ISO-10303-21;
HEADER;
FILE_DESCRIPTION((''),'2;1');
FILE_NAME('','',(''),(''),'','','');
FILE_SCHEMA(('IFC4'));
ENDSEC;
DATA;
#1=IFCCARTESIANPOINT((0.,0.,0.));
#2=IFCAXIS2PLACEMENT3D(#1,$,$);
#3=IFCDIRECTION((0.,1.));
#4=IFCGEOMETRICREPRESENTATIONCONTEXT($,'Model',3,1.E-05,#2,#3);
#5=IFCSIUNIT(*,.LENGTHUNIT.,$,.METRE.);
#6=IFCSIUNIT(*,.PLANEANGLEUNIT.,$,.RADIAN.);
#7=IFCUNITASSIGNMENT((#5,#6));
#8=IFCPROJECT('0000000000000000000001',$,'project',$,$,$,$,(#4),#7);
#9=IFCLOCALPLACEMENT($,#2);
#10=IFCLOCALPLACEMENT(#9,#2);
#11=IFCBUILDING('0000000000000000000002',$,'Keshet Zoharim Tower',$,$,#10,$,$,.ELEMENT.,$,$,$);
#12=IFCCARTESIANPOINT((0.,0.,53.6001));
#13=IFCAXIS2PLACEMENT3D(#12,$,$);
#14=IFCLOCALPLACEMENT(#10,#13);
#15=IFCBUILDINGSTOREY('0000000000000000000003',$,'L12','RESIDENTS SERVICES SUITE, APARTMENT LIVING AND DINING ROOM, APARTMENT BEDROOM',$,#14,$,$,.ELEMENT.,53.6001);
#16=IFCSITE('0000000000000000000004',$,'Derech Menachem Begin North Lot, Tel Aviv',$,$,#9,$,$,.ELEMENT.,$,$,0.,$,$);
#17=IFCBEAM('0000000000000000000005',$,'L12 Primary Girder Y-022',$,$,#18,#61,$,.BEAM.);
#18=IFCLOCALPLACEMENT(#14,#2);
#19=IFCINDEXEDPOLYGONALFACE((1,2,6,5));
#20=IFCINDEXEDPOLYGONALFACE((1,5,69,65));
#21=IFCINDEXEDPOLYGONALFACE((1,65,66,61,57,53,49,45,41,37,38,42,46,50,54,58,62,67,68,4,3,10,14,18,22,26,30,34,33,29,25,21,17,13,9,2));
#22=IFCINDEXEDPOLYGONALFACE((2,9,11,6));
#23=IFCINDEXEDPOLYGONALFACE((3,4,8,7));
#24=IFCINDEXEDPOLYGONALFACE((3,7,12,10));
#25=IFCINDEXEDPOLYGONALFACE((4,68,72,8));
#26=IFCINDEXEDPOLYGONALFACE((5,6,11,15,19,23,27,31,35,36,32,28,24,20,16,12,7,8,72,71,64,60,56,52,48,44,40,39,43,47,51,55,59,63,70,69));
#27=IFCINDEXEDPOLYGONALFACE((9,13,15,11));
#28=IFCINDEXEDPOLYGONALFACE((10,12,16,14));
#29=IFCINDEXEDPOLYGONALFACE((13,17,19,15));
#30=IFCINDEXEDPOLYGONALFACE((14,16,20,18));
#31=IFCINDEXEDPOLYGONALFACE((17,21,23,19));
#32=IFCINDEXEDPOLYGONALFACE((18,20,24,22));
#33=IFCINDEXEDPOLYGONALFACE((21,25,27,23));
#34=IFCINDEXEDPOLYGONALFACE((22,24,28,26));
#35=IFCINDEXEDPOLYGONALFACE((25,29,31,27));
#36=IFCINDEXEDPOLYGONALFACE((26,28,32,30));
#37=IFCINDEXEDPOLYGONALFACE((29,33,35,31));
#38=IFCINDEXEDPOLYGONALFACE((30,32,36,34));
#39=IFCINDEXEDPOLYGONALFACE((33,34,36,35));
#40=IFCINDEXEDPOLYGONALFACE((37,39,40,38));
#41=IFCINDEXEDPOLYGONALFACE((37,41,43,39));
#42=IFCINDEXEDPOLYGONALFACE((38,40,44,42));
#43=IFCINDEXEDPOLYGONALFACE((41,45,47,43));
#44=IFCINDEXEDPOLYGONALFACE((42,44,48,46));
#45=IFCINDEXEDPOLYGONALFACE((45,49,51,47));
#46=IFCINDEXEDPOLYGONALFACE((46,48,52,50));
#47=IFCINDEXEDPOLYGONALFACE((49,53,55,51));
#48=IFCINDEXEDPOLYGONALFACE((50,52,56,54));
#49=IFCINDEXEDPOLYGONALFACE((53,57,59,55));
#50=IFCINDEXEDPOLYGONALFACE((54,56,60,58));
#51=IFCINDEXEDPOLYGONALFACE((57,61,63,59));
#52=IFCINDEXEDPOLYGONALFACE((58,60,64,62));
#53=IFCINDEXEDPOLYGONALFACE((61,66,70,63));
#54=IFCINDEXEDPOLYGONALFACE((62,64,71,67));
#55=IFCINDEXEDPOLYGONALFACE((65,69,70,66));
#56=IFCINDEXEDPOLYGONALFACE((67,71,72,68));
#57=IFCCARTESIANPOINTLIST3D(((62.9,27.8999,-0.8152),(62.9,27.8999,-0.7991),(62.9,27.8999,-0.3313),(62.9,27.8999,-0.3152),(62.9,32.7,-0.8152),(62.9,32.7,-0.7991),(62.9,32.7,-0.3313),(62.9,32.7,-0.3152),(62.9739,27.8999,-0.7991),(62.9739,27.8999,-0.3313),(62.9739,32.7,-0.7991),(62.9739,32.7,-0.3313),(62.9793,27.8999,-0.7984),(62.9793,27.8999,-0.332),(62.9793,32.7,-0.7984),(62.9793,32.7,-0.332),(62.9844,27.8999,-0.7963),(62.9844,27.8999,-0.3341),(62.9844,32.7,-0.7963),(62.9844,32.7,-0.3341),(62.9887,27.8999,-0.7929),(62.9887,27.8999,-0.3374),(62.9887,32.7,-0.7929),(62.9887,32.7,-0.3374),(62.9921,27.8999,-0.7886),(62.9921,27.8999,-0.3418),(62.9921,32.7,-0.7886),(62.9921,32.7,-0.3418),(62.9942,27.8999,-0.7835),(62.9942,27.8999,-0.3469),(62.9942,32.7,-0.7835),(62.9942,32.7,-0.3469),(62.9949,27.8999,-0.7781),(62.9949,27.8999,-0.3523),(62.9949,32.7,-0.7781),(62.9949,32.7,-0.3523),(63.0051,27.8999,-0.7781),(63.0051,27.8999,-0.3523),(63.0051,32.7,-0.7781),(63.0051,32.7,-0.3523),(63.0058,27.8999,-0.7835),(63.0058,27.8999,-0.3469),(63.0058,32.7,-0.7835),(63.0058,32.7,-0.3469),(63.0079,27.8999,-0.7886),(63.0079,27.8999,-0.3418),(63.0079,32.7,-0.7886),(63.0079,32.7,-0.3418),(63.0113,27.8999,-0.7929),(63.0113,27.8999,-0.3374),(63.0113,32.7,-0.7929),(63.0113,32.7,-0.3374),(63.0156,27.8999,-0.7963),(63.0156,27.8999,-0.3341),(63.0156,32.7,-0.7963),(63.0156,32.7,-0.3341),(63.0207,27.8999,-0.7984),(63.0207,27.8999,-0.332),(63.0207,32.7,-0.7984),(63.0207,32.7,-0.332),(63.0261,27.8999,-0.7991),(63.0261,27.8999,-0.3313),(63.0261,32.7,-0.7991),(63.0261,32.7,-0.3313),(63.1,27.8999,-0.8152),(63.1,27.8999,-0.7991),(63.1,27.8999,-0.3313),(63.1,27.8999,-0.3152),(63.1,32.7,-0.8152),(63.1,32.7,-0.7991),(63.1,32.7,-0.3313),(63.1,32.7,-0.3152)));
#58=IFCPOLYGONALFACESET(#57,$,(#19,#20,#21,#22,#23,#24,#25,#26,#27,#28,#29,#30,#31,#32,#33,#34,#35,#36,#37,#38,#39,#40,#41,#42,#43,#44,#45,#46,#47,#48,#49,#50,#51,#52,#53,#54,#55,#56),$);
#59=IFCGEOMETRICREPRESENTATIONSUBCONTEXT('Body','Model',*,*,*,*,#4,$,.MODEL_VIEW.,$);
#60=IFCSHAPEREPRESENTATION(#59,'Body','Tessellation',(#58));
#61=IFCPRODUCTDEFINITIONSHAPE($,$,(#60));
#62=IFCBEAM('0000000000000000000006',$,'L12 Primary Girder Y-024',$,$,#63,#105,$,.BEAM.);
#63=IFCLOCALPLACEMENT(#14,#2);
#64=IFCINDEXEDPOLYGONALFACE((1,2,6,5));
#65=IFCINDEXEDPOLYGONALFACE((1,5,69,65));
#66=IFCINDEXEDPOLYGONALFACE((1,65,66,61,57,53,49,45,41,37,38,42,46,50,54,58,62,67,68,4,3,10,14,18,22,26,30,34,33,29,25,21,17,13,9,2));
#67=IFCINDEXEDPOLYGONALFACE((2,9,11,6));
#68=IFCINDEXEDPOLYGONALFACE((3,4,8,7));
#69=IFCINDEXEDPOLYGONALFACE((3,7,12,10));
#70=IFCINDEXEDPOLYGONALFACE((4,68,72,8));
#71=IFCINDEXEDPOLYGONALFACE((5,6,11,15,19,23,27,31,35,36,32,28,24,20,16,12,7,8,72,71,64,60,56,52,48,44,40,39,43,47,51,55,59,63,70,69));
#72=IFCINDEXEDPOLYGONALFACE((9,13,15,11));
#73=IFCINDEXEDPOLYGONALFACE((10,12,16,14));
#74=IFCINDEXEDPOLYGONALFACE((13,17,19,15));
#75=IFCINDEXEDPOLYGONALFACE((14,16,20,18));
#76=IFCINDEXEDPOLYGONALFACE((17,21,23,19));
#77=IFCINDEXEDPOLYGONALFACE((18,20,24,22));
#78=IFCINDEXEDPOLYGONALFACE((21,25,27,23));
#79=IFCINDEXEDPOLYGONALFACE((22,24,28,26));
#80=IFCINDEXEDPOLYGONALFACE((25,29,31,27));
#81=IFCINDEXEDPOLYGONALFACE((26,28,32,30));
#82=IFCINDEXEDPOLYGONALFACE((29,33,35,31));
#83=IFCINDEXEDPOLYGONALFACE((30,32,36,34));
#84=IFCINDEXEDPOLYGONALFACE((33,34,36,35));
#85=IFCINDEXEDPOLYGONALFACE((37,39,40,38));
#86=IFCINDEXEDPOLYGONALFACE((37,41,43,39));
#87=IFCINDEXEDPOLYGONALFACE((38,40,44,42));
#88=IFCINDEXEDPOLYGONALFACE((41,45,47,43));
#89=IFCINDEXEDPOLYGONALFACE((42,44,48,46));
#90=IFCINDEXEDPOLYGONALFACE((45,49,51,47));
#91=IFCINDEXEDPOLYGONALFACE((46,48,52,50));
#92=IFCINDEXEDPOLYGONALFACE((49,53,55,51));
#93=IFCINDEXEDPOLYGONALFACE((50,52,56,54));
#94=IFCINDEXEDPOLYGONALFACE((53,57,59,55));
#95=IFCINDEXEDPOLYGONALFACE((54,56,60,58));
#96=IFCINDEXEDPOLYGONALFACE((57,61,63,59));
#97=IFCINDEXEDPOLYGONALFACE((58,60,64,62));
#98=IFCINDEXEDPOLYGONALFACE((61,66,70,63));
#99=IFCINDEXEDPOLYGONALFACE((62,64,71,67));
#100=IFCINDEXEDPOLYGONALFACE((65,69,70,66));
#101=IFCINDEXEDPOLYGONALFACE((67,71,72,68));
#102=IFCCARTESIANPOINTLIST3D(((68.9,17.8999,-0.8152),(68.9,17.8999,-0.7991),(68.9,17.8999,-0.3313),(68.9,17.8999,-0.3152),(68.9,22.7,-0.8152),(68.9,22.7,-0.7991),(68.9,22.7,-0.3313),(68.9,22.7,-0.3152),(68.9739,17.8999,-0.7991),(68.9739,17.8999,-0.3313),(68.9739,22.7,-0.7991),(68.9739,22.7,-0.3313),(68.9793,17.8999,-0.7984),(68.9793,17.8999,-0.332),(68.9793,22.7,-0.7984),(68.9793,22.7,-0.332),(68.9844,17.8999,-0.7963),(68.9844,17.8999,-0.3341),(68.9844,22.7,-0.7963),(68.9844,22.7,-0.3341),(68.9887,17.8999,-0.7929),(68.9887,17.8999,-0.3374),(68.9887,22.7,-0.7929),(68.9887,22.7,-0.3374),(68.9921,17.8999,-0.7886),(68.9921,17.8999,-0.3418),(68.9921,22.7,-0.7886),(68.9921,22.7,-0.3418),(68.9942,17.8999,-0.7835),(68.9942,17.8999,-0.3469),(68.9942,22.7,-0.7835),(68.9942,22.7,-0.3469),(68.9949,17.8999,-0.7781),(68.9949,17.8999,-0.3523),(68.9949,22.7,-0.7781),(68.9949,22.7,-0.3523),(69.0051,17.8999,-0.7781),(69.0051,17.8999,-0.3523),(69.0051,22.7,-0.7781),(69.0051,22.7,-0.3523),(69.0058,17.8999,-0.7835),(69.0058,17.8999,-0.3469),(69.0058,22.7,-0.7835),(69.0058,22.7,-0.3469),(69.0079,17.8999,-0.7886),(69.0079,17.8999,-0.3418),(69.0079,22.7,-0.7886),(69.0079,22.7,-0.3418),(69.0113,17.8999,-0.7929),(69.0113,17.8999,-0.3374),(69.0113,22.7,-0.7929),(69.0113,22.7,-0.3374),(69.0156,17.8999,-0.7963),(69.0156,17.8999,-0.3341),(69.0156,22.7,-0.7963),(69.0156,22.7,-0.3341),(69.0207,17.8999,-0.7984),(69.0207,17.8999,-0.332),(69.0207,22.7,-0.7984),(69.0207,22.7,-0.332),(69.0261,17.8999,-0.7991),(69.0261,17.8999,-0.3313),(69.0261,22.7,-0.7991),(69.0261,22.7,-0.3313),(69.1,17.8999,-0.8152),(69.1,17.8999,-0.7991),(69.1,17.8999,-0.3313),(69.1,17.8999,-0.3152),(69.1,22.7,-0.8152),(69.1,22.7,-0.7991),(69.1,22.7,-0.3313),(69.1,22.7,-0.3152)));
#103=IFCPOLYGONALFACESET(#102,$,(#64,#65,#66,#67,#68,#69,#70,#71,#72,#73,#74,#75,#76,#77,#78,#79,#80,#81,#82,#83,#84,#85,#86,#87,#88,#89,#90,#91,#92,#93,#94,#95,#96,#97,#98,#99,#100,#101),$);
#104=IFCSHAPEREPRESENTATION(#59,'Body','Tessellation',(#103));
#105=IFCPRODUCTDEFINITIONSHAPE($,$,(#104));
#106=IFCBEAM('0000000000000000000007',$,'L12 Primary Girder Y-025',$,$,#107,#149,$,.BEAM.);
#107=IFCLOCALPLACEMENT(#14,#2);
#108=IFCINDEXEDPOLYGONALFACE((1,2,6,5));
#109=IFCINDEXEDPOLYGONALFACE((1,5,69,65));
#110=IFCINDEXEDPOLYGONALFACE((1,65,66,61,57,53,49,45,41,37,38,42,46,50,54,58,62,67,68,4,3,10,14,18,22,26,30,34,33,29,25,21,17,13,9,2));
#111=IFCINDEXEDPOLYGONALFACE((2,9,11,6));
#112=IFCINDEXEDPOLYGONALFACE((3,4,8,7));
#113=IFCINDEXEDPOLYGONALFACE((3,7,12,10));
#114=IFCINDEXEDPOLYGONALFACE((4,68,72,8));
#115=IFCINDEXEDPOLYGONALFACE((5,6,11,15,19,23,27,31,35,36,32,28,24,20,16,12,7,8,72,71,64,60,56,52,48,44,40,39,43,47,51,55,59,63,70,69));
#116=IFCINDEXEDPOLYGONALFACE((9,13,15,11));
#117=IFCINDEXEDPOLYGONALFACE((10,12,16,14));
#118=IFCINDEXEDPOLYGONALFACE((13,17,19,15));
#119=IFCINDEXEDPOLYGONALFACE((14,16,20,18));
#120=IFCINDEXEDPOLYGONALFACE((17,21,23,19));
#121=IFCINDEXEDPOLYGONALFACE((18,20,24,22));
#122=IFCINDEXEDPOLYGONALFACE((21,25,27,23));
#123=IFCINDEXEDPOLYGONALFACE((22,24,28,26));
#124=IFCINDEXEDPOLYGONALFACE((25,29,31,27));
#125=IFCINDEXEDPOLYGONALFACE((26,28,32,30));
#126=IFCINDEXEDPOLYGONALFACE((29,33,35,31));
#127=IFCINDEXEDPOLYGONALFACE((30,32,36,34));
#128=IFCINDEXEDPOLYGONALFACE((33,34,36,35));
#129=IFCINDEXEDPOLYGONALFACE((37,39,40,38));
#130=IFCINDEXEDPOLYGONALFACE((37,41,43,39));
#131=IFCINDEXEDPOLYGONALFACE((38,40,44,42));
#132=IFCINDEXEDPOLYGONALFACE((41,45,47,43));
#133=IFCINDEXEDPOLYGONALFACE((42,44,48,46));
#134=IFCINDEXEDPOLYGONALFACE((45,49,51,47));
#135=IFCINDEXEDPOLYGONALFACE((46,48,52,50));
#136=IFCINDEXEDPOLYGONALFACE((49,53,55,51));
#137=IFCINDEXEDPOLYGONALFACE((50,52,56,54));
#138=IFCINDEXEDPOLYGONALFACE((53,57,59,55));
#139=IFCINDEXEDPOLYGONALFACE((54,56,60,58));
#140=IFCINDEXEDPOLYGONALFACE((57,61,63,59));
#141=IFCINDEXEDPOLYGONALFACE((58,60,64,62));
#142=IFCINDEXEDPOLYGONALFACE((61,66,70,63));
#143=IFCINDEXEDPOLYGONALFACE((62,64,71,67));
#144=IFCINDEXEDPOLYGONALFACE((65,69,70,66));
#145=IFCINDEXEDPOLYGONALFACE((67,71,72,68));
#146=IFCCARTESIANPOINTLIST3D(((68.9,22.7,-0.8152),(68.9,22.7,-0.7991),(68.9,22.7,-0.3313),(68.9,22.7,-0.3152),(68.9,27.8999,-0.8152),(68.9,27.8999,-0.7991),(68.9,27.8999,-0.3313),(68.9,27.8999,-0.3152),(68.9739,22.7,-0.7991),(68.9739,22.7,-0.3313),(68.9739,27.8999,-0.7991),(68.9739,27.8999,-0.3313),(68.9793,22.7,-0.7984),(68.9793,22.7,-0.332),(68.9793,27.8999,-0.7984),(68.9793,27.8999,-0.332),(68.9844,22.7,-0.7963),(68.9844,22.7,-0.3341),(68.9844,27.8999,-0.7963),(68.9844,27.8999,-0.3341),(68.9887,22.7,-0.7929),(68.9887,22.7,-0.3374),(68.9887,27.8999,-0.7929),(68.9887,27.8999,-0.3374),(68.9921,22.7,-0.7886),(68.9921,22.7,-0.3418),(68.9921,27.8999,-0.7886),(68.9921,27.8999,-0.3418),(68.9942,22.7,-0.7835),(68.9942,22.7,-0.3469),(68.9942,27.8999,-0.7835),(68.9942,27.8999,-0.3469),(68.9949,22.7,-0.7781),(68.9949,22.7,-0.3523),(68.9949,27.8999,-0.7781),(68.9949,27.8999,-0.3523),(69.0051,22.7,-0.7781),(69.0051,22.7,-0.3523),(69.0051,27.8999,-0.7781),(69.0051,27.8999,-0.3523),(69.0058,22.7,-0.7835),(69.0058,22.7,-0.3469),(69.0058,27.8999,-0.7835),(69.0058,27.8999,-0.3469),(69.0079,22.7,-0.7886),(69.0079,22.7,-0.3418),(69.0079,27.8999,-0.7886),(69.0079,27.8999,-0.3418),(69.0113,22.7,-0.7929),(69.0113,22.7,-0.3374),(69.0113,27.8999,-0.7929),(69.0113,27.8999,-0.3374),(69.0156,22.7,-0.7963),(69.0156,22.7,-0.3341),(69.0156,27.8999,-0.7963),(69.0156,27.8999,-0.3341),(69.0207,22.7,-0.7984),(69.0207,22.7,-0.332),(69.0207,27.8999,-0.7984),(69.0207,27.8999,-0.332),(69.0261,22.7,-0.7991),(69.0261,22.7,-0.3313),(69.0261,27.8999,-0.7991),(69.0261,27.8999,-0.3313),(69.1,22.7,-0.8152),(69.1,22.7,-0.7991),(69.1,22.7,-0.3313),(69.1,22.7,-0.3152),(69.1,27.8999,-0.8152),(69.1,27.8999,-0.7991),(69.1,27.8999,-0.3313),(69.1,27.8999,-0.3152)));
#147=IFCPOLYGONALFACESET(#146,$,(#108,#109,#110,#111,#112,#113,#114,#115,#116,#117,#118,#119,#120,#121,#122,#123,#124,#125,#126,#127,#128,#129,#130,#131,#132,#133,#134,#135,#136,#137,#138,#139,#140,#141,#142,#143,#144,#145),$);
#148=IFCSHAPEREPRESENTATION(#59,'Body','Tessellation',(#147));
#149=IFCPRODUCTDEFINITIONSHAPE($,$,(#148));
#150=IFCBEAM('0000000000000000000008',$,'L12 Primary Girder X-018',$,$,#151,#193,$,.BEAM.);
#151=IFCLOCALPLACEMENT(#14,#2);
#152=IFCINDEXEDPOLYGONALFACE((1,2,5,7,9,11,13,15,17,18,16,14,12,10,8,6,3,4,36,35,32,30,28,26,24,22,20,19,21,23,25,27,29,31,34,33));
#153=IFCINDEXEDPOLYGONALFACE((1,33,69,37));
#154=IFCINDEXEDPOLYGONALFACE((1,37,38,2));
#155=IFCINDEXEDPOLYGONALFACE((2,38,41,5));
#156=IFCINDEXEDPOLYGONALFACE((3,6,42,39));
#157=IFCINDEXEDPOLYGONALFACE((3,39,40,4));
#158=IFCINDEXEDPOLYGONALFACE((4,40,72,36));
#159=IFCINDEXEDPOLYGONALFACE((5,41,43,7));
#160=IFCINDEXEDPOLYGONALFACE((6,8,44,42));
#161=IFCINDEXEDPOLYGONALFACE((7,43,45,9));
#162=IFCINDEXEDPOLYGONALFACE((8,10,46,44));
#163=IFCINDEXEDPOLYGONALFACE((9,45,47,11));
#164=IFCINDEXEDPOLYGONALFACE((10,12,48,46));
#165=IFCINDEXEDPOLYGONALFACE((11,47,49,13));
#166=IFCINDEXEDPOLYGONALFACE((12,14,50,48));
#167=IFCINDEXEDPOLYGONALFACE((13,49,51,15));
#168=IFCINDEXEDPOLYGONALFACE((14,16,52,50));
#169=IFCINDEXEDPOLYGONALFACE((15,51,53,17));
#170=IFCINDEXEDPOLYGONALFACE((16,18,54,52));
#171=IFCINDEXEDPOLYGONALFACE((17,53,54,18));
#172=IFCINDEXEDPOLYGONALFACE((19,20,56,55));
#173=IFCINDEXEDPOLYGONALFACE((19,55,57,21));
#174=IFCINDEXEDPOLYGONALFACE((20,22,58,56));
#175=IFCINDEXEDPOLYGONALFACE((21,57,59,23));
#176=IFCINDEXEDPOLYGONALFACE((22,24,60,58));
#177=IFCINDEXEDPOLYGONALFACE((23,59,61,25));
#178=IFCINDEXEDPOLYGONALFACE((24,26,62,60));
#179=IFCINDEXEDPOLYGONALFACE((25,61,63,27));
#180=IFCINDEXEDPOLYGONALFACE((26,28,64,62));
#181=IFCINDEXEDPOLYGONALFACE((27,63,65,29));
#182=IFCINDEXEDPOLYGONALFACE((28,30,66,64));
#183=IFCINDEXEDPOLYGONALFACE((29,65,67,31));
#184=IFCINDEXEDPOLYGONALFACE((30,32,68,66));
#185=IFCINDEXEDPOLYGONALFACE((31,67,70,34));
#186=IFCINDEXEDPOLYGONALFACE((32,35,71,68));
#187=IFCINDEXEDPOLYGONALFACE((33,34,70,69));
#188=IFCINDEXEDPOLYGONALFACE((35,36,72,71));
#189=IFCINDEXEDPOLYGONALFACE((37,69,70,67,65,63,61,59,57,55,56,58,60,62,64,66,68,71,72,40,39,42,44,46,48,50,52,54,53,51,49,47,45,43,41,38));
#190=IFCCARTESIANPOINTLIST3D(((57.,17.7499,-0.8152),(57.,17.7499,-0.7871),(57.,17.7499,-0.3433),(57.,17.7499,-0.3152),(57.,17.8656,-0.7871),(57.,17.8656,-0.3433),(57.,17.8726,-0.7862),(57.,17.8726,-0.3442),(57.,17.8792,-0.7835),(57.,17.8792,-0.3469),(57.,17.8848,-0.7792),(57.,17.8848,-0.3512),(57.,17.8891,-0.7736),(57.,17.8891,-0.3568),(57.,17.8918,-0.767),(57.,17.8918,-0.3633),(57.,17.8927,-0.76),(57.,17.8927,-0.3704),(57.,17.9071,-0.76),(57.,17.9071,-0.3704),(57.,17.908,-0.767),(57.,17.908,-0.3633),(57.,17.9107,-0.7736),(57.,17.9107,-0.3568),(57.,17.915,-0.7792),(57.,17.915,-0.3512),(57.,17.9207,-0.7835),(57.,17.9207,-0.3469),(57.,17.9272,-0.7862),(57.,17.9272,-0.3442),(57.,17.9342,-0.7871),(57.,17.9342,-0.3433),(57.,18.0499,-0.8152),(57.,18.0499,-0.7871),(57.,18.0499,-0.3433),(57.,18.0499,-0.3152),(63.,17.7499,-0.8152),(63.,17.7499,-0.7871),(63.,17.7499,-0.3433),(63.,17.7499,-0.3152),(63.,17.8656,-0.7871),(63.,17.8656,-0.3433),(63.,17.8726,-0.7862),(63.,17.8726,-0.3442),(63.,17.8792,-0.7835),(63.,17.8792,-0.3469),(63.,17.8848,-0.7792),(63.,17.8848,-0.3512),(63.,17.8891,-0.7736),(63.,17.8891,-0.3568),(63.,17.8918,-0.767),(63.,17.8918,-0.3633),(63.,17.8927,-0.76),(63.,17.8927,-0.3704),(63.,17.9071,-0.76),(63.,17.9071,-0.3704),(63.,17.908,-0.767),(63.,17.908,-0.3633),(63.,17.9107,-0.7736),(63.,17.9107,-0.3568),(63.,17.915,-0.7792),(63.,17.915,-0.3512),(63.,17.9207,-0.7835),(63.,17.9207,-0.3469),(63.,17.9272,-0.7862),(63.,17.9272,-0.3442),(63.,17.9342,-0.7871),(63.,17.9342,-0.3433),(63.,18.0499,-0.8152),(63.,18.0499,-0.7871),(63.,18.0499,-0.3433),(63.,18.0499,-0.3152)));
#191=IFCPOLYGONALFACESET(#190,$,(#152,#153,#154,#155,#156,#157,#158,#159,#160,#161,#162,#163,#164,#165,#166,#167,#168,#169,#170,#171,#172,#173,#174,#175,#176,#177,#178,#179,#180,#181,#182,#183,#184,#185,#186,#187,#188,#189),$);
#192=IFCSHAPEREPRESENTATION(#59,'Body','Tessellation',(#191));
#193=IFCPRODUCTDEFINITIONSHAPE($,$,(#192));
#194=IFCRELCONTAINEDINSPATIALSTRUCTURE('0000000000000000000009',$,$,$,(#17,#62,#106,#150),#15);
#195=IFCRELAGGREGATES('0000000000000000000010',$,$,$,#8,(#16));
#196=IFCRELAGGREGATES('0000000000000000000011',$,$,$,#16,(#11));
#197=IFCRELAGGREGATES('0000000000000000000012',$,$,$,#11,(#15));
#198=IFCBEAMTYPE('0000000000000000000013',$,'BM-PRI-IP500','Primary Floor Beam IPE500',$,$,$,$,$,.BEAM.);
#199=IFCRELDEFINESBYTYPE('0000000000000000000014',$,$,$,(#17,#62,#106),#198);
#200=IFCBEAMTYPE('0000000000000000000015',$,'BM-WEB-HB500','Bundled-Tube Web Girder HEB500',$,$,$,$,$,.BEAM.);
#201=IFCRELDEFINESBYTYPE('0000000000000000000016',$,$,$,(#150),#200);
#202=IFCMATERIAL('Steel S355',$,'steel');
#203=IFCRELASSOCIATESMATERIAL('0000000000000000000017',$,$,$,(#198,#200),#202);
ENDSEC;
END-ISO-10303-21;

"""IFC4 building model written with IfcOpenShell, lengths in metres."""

from ifc_helpers import new_model, si_unit, direction, frame, origin, origin_2d, place, context, subcontext, project, spatial, i_section, extrude, material, material_profile, profile_set, type_object, element, save


model = new_model("IFC4")

# Units and contexts
model_context = context("Model", 3, precision=1e-05, world=origin(), true_north=direction((0.0, 1.0)))
body_context = subcontext(model_context, "Body", "Model", "MODEL_VIEW")
ifc_project = project(units=[si_unit("LENGTHUNIT", "METRE"), si_unit("PLANEANGLEUNIT", "RADIAN")], contexts=[model_context])

# Site, building, storey
site_placement = place(None, origin())
site = spatial("IfcSite", under=ifc_project, at=site_placement, Name="Derech Menachem Begin North Lot, Tel Aviv", CompositionType="ELEMENT", RefElevation=0.0)
building_placement = place(site_placement, origin())
building = spatial("IfcBuilding", under=site, at=building_placement, Name="Keshet Zoharim Tower", CompositionType="ELEMENT")
storey_placement = place(building_placement, frame((0.0, 0.0, 53.6001)))
storey = spatial("IfcBuildingStorey", under=building, at=storey_placement, Name="L12", Description="RESIDENTS SERVICES SUITE, APARTMENT LIVING AND DINING ROOM, APARTMENT BEDROOM", CompositionType="ELEMENT", Elevation=53.6001)

# Shared definitions
ifc_material_1 = material(Name="Steel S355", Category="steel")

# Beams
ifc_material_profile_1 = material_profile(ifc_material_1, i_section(OverallWidth=0.2, OverallDepth=0.5, WebThickness=0.0103, FlangeThickness=0.0161, FilletRadius=0.021, at=origin_2d()), Name="IPE500")
ifc_profile_set_1 = profile_set([ifc_material_profile_1], Name="Steel S355")
beam_type_1 = type_object("IfcBeamType", Name="BM-PRI-IP500", Description="Primary Floor Beam IPE500", PredefinedType="BEAM", material=ifc_profile_set_1)
for number, where, z_axis, x_axis, name in (
    (1, (63.0, 27.8999, -0.5652), (0.0, 1.0, 0.0), (-1.0, 0.0, 0.0), "L12 Primary Girder Y-022"),
    (2, (69.0, 17.8999, -0.5652), (0.0, 1.0, 0.0), (-1.0, 0.0, 0.0), "L12 Primary Girder Y-024"),
):
    element("IfcBeam", number, at=place(storey_placement, frame(where, z_axis=z_axis, x_axis=x_axis)), inside=storey, type_object=beam_type_1, Name=name, PredefinedType="BEAM", context=body_context, shape_type="SweptSolid", body=[
        extrude(i_section(OverallWidth=0.2, OverallDepth=0.5, WebThickness=0.0103, FlangeThickness=0.0161, FilletRadius=0.021, at=origin_2d()), origin(), (0.0, 0.0, 1.0), 4.8),
    ])
beam_1_placement = place(storey_placement, frame((69.0, 22.7, -0.5652), z_axis=(0.0, 1.0, 0.0), x_axis=(-1.0, 0.0, 0.0)))
element("IfcBeam", 3, at=beam_1_placement, inside=storey, type_object=beam_type_1, Name="L12 Primary Girder Y-025", PredefinedType="BEAM", context=body_context, shape_type="SweptSolid", body=[
    extrude(i_section(OverallWidth=0.2, OverallDepth=0.5, WebThickness=0.0103, FlangeThickness=0.0161, FilletRadius=0.021, at=origin_2d()), origin(), (0.0, 0.0, 1.0), 5.2),
])
ifc_material_profile_2 = material_profile(ifc_material_1, i_section(OverallWidth=0.3, OverallDepth=0.5, WebThickness=0.0144, FlangeThickness=0.0281, FilletRadius=0.0271, at=origin_2d()), Name="HEB500")
ifc_profile_set_2 = profile_set([ifc_material_profile_2], Name="Steel S355")
beam_type_2 = type_object("IfcBeamType", Name="BM-WEB-HB500", Description="Bundled-Tube Web Girder HEB500", PredefinedType="BEAM", material=ifc_profile_set_2)
for number, where, z_axis, x_axis, name in (
    (4, (57.0, 17.8999, -0.5652), (1.0, 0.0, 0.0), (0.0, 1.0, 0.0), "L12 Primary Girder X-018"),
):
    element("IfcBeam", number, at=place(storey_placement, frame(where, z_axis=z_axis, x_axis=x_axis)), inside=storey, type_object=beam_type_2, Name=name, PredefinedType="BEAM", context=body_context, shape_type="SweptSolid", body=[
        extrude(i_section(OverallWidth=0.3, OverallDepth=0.5, WebThickness=0.0144, FlangeThickness=0.0281, FilletRadius=0.0271, at=origin_2d()), origin(), (0.0, 0.0, 1.0), 6.0),
    ])

save(model, "model.ifc")
